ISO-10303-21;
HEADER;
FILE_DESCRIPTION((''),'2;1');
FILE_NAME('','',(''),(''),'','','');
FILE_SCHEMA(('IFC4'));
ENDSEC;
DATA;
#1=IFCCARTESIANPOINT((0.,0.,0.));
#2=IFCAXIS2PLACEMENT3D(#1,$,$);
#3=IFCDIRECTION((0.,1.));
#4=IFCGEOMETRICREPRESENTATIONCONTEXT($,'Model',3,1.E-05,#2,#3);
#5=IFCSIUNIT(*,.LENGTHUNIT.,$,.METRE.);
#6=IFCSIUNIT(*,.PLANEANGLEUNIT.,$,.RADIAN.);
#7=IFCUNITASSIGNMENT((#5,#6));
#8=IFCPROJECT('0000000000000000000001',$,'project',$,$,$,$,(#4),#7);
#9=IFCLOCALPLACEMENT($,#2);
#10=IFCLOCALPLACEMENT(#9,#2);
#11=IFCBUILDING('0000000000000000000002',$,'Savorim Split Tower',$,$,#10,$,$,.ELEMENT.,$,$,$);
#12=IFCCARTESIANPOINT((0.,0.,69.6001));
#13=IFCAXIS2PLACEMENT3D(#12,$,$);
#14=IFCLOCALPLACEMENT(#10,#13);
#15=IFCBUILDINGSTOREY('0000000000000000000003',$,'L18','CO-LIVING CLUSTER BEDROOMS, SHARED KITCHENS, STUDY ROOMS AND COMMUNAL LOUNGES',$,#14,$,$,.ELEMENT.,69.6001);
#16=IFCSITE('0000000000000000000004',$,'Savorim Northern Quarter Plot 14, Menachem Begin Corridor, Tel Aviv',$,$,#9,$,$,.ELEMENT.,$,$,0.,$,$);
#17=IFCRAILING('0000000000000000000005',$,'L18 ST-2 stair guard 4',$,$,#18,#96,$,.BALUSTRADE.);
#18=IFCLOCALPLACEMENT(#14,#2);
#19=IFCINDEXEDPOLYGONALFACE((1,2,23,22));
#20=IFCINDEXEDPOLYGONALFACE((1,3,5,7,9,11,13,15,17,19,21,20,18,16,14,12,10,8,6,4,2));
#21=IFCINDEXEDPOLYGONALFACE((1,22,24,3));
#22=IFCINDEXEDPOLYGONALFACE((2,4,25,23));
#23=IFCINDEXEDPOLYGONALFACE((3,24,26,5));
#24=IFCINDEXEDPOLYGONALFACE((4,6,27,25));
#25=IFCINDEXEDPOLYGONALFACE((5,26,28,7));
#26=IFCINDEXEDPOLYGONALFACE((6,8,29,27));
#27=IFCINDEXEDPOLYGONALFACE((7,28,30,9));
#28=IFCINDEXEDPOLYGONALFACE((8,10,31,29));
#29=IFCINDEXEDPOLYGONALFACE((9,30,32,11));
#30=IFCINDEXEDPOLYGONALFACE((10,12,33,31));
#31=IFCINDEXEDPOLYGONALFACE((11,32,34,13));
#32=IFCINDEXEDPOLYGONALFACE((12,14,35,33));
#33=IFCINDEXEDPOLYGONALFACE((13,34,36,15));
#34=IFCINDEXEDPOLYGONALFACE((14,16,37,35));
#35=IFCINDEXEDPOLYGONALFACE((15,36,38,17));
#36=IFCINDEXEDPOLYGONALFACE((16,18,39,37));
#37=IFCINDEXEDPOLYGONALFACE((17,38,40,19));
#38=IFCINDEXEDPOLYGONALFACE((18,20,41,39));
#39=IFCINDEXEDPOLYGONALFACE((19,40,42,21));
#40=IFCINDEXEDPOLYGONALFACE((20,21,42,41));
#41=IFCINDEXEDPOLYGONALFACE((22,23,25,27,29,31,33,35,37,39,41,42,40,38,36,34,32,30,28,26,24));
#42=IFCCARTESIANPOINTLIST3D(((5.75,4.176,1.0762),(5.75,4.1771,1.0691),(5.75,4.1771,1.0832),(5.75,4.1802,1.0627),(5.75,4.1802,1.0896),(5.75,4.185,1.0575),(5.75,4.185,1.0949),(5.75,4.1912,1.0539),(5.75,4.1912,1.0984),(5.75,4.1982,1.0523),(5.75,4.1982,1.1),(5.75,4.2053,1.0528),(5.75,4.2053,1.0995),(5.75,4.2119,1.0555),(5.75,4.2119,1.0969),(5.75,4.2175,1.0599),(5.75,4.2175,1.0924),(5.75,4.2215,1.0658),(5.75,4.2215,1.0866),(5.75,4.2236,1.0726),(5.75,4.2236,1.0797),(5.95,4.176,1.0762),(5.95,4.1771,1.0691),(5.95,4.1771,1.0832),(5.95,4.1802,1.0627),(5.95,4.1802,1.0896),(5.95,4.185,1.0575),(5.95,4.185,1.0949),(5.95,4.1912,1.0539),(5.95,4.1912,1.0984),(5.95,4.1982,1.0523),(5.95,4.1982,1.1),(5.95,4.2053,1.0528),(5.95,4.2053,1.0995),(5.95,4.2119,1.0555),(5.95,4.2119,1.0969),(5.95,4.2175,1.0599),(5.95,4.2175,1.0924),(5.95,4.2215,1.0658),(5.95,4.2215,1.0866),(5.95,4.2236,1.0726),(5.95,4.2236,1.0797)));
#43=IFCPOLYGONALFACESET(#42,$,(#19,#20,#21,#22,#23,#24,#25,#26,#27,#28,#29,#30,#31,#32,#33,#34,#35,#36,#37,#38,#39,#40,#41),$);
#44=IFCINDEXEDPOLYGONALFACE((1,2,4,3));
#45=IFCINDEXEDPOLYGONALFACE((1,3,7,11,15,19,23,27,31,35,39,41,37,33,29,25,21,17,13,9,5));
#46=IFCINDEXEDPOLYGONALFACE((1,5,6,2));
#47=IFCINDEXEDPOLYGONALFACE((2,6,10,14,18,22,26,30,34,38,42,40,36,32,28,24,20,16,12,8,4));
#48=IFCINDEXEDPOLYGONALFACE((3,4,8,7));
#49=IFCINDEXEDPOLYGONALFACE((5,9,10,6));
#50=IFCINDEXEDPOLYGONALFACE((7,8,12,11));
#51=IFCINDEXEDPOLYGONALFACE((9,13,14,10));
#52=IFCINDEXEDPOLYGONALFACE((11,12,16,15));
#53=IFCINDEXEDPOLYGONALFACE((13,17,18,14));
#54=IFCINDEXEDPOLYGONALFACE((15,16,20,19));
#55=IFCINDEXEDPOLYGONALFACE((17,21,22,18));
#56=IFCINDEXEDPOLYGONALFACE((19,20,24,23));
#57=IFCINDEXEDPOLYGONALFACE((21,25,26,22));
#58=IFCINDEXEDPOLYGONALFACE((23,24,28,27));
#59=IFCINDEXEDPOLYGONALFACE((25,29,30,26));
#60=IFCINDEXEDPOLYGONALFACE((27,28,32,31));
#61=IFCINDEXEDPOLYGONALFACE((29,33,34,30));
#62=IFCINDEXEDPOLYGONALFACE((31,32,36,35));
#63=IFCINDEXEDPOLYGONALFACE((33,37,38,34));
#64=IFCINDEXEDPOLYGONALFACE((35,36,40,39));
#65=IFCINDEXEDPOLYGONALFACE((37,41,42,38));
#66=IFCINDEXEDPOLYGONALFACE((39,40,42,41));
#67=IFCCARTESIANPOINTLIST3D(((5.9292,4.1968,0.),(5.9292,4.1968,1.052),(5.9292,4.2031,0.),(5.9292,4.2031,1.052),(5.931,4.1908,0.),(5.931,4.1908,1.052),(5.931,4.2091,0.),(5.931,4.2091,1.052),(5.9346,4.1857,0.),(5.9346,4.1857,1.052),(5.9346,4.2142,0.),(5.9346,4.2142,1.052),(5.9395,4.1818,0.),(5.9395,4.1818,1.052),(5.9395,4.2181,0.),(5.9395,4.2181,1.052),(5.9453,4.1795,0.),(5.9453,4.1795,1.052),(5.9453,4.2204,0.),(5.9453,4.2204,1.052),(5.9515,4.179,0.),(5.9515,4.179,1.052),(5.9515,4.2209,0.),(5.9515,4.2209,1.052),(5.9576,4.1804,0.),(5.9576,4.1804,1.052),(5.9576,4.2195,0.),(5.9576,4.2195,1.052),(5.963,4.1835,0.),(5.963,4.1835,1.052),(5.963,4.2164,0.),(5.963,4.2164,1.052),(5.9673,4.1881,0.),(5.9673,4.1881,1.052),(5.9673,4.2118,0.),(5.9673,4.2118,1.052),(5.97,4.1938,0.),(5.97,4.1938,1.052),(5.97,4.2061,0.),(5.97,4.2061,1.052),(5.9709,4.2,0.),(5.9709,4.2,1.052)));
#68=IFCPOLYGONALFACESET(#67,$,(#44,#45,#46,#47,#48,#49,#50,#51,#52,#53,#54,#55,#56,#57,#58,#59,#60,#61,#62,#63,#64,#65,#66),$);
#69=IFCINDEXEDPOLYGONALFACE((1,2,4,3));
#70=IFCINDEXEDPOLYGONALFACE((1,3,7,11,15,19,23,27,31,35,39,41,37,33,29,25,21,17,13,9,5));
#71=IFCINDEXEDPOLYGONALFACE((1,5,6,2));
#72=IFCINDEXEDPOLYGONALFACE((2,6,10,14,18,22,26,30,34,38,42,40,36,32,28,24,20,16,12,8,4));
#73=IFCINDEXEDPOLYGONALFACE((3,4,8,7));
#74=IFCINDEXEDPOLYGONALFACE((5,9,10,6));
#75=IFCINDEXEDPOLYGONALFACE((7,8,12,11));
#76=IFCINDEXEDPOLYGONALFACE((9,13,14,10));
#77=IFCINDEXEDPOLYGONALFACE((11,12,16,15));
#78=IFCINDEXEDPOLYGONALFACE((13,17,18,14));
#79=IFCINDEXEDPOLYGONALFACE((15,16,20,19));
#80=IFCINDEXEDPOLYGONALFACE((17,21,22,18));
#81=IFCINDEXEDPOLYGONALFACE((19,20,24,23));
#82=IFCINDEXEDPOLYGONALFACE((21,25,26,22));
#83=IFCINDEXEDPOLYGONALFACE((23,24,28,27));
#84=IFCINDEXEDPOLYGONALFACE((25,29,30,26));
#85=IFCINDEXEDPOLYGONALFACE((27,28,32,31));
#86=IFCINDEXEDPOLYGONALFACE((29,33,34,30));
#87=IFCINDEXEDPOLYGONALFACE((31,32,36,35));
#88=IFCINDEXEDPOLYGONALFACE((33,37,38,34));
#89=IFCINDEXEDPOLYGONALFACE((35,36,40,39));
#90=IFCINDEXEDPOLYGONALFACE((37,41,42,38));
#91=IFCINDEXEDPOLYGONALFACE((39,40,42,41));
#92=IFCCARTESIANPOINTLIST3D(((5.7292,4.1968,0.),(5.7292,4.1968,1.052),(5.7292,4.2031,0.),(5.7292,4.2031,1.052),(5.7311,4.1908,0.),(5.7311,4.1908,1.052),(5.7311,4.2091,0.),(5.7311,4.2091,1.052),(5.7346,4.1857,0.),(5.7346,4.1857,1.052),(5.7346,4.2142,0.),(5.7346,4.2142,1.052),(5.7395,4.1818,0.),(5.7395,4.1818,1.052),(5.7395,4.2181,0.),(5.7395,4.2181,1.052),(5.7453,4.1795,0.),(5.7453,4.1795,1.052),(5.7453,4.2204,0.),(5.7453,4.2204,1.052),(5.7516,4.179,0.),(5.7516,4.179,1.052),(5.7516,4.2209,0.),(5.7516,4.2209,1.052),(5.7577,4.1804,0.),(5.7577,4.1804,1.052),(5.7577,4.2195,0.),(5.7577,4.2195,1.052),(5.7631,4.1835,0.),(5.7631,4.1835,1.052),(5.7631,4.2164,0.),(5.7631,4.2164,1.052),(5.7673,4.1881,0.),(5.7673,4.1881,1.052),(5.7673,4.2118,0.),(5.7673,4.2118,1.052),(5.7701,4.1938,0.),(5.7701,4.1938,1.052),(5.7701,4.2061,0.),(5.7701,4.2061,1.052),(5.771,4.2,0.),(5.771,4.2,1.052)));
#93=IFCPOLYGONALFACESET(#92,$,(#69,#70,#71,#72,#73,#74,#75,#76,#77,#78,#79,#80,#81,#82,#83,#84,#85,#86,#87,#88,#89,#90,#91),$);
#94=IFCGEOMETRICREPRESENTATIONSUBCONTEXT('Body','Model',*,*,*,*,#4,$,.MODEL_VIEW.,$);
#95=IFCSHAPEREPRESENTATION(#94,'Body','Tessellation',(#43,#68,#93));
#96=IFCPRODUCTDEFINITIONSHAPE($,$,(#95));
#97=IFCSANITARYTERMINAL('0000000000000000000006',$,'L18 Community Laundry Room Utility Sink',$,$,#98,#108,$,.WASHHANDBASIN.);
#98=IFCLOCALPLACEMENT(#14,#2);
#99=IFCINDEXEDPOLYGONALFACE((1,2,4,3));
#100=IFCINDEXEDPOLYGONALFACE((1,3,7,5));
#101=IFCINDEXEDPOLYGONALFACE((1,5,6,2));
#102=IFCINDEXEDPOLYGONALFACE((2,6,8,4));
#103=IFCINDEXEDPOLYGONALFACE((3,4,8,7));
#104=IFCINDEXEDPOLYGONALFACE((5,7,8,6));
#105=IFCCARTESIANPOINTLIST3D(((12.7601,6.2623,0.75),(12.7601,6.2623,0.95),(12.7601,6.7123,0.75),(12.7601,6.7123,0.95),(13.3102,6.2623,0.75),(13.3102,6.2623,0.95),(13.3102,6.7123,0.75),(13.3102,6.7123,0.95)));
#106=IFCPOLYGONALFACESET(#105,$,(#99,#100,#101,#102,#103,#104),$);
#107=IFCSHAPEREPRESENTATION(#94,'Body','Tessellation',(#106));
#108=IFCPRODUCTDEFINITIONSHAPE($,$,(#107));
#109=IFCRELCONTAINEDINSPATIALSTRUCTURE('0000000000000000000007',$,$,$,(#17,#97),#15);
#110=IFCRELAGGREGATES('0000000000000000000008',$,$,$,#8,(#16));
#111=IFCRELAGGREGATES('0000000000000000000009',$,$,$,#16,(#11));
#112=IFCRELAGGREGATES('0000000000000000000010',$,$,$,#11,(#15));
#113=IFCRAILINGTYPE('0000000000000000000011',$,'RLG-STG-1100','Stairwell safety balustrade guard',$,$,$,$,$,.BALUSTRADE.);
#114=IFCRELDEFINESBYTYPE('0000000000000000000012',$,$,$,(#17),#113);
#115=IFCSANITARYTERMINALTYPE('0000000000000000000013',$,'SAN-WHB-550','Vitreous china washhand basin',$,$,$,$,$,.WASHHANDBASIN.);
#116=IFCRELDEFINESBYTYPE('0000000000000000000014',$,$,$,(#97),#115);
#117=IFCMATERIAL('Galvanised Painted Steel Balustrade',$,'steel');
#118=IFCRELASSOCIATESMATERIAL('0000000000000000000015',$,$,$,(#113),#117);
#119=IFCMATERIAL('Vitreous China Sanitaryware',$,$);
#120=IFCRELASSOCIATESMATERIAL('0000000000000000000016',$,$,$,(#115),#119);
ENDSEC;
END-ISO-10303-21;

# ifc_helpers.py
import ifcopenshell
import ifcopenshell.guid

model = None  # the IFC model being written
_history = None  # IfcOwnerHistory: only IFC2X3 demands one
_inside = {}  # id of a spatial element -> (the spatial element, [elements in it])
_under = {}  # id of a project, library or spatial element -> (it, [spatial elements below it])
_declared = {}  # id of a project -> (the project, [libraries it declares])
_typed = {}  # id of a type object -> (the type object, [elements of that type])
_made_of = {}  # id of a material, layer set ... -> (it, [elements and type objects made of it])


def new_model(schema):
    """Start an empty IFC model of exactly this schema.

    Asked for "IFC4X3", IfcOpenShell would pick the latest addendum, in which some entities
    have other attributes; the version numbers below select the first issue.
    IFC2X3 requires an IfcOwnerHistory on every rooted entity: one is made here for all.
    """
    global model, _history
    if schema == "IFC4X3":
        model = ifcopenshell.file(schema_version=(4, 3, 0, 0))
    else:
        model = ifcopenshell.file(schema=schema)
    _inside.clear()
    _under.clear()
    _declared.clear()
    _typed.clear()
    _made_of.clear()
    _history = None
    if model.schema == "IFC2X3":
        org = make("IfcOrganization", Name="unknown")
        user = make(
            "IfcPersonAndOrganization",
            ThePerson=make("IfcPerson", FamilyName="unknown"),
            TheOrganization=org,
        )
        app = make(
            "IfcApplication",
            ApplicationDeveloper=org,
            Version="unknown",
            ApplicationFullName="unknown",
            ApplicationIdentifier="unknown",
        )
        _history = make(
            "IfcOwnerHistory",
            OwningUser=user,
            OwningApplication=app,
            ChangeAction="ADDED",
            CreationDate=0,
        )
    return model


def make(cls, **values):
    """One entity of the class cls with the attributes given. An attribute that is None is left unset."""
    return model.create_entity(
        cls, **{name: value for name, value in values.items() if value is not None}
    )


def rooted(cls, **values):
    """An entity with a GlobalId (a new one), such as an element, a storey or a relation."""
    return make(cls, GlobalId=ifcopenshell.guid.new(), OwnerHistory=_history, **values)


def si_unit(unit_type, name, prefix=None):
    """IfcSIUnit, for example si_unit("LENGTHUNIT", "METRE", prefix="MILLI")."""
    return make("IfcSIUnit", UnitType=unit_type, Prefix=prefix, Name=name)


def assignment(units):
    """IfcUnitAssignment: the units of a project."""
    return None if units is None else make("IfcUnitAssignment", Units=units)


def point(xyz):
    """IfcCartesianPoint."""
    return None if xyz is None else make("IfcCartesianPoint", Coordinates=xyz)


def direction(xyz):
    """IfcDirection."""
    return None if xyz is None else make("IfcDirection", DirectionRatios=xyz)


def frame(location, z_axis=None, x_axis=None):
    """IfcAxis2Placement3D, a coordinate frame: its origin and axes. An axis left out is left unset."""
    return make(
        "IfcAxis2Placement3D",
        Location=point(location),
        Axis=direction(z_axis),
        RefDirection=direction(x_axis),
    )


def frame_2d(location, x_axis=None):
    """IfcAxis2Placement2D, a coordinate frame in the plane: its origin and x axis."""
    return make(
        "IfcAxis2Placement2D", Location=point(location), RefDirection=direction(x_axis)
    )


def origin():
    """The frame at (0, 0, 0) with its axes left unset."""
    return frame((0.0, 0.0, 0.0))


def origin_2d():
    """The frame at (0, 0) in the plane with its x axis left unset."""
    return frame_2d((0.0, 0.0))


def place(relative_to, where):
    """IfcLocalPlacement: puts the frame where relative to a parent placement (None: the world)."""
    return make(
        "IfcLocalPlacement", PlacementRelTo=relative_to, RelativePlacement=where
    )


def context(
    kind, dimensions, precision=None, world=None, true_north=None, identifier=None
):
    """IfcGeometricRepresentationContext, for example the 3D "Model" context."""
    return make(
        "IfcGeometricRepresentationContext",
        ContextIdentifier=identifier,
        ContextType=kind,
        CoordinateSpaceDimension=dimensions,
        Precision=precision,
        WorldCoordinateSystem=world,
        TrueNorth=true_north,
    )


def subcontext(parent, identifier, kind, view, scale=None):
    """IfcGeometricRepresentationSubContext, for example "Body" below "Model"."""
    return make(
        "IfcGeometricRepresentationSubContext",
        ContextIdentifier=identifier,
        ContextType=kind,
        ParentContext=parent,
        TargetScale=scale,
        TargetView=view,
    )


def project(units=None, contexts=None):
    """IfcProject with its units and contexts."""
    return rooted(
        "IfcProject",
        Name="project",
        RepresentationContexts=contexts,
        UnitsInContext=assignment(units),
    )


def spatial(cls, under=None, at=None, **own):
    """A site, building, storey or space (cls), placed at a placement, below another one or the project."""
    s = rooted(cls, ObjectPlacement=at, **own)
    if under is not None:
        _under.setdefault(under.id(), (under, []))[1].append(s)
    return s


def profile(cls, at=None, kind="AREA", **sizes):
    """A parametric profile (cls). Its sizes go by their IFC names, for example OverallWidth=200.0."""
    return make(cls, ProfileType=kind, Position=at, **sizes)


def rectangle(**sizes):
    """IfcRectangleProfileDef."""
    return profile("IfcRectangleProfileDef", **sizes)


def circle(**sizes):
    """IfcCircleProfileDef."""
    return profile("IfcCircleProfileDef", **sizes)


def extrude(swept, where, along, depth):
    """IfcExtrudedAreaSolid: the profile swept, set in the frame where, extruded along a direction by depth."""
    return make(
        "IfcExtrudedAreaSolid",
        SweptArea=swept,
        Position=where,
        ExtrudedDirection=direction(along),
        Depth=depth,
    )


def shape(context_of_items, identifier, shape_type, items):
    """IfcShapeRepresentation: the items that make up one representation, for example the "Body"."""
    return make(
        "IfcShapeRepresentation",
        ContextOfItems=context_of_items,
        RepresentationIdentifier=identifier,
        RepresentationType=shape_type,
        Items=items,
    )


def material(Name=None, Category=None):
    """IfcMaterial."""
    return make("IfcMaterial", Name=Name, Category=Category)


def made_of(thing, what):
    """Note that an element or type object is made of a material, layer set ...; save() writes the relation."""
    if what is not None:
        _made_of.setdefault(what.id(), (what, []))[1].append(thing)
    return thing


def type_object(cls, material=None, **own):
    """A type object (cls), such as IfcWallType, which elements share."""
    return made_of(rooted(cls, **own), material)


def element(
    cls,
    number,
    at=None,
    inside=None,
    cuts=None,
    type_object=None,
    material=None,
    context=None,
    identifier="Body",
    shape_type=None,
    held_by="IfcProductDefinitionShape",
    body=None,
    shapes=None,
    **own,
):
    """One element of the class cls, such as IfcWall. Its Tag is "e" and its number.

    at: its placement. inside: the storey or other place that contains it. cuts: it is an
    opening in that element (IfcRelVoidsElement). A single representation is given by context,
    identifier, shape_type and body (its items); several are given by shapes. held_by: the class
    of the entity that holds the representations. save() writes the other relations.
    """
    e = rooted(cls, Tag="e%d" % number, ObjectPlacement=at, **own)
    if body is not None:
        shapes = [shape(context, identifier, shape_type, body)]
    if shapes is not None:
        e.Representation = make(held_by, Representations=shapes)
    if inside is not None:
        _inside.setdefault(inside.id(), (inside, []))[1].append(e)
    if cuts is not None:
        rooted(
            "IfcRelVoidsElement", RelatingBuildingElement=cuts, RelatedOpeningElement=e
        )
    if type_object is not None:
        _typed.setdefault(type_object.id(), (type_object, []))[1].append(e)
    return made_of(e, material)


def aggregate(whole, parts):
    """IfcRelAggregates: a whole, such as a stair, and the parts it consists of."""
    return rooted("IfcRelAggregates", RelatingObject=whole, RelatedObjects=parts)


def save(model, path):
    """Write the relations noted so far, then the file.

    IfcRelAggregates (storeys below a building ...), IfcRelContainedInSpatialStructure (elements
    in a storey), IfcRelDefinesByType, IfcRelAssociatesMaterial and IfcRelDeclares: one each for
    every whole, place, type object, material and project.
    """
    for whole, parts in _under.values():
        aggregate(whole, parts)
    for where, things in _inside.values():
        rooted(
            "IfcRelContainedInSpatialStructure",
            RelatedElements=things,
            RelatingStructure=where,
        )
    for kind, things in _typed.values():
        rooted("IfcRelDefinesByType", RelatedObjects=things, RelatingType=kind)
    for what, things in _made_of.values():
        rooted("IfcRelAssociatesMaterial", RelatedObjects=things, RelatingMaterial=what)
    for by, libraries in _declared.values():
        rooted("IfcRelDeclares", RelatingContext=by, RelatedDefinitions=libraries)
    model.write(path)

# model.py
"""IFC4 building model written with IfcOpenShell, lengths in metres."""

from ifc_helpers import new_model, si_unit, direction, frame, origin, origin_2d, place, context, subcontext, project, spatial, rectangle, circle, extrude, material, type_object, element, save


model = new_model("IFC4")

# Units and contexts
model_context = context("Model", 3, precision=1e-05, world=origin(), true_north=direction((0.0, 1.0)))
body_context = subcontext(model_context, "Body", "Model", "MODEL_VIEW")
ifc_project = project(units=[si_unit("LENGTHUNIT", "METRE"), si_unit("PLANEANGLEUNIT", "RADIAN")], contexts=[model_context])

# Site, building, storey
site_placement = place(None, origin())
site = spatial("IfcSite", under=ifc_project, at=site_placement, Name="Savorim Northern Quarter Plot 14, Menachem Begin Corridor, Tel Aviv", CompositionType="ELEMENT", RefElevation=0.0)
building_placement = place(site_placement, origin())
building = spatial("IfcBuilding", under=site, at=building_placement, Name="Savorim Split Tower", CompositionType="ELEMENT")
storey_placement = place(building_placement, frame((0.0, 0.0, 69.6001)))
storey = spatial("IfcBuildingStorey", under=building, at=storey_placement, Name="L18", Description="CO-LIVING CLUSTER BEDROOMS, SHARED KITCHENS, STUDY ROOMS AND COMMUNAL LOUNGES", CompositionType="ELEMENT", Elevation=69.6001)

# Railing
ifc_material_1 = material(Name="Galvanised Painted Steel Balustrade", Category="steel")
railing_type_1 = type_object("IfcRailingType", Name="RLG-STG-1100", Description="Stairwell safety balustrade guard", PredefinedType="BALUSTRADE", material=ifc_material_1)
railing_1_placement = place(storey_placement, frame((5.95, 4.2, 0.0)))
element("IfcRailing", 1, at=railing_1_placement, inside=storey, type_object=railing_type_1, Name="L18 ST-2 stair guard 4", PredefinedType="BALUSTRADE", context=body_context, shape_type="SweptSolid", body=[
    extrude(circle(Radius=0.0239, at=origin_2d()), frame((0.0, 0.0, 1.0762), z_axis=(-1.0, 0.0, 0.0), x_axis=(0.0, -1.0, 0.0)), (0.0, 0.0, 1.0), 0.2),
    extrude(circle(Radius=0.021, at=origin_2d()), origin(), (0.0, 0.0, 1.0), 1.052),
    extrude(circle(Radius=0.021, at=origin_2d()), frame((-0.2, 0.0, 0.0)), (0.0, 0.0, 1.0), 1.052),
])

# Sanitary terminal
ifc_material_2 = material(Name="Vitreous China Sanitaryware")
sanitary_terminal_type = type_object("IfcSanitaryTerminalType", Name="SAN-WHB-550", Description="Vitreous china washhand basin", PredefinedType="WASHHANDBASIN", material=ifc_material_2)
sanitary_terminal_placement = place(storey_placement, frame((13.0352, 6.4873, 0.75), z_axis=(0.0, 0.0, 1.0), x_axis=(1.0, 0.0, 0.0)))
element("IfcSanitaryTerminal", 2, at=sanitary_terminal_placement, inside=storey, type_object=sanitary_terminal_type, Name="L18 Community Laundry Room Utility Sink", PredefinedType="WASHHANDBASIN", context=body_context, shape_type="SweptSolid", body=[
    extrude(rectangle(XDim=0.55, YDim=0.45, at=origin_2d()), origin(), (0.0, 0.0, 1.0), 0.2),
])

save(model, "model.ifc")
